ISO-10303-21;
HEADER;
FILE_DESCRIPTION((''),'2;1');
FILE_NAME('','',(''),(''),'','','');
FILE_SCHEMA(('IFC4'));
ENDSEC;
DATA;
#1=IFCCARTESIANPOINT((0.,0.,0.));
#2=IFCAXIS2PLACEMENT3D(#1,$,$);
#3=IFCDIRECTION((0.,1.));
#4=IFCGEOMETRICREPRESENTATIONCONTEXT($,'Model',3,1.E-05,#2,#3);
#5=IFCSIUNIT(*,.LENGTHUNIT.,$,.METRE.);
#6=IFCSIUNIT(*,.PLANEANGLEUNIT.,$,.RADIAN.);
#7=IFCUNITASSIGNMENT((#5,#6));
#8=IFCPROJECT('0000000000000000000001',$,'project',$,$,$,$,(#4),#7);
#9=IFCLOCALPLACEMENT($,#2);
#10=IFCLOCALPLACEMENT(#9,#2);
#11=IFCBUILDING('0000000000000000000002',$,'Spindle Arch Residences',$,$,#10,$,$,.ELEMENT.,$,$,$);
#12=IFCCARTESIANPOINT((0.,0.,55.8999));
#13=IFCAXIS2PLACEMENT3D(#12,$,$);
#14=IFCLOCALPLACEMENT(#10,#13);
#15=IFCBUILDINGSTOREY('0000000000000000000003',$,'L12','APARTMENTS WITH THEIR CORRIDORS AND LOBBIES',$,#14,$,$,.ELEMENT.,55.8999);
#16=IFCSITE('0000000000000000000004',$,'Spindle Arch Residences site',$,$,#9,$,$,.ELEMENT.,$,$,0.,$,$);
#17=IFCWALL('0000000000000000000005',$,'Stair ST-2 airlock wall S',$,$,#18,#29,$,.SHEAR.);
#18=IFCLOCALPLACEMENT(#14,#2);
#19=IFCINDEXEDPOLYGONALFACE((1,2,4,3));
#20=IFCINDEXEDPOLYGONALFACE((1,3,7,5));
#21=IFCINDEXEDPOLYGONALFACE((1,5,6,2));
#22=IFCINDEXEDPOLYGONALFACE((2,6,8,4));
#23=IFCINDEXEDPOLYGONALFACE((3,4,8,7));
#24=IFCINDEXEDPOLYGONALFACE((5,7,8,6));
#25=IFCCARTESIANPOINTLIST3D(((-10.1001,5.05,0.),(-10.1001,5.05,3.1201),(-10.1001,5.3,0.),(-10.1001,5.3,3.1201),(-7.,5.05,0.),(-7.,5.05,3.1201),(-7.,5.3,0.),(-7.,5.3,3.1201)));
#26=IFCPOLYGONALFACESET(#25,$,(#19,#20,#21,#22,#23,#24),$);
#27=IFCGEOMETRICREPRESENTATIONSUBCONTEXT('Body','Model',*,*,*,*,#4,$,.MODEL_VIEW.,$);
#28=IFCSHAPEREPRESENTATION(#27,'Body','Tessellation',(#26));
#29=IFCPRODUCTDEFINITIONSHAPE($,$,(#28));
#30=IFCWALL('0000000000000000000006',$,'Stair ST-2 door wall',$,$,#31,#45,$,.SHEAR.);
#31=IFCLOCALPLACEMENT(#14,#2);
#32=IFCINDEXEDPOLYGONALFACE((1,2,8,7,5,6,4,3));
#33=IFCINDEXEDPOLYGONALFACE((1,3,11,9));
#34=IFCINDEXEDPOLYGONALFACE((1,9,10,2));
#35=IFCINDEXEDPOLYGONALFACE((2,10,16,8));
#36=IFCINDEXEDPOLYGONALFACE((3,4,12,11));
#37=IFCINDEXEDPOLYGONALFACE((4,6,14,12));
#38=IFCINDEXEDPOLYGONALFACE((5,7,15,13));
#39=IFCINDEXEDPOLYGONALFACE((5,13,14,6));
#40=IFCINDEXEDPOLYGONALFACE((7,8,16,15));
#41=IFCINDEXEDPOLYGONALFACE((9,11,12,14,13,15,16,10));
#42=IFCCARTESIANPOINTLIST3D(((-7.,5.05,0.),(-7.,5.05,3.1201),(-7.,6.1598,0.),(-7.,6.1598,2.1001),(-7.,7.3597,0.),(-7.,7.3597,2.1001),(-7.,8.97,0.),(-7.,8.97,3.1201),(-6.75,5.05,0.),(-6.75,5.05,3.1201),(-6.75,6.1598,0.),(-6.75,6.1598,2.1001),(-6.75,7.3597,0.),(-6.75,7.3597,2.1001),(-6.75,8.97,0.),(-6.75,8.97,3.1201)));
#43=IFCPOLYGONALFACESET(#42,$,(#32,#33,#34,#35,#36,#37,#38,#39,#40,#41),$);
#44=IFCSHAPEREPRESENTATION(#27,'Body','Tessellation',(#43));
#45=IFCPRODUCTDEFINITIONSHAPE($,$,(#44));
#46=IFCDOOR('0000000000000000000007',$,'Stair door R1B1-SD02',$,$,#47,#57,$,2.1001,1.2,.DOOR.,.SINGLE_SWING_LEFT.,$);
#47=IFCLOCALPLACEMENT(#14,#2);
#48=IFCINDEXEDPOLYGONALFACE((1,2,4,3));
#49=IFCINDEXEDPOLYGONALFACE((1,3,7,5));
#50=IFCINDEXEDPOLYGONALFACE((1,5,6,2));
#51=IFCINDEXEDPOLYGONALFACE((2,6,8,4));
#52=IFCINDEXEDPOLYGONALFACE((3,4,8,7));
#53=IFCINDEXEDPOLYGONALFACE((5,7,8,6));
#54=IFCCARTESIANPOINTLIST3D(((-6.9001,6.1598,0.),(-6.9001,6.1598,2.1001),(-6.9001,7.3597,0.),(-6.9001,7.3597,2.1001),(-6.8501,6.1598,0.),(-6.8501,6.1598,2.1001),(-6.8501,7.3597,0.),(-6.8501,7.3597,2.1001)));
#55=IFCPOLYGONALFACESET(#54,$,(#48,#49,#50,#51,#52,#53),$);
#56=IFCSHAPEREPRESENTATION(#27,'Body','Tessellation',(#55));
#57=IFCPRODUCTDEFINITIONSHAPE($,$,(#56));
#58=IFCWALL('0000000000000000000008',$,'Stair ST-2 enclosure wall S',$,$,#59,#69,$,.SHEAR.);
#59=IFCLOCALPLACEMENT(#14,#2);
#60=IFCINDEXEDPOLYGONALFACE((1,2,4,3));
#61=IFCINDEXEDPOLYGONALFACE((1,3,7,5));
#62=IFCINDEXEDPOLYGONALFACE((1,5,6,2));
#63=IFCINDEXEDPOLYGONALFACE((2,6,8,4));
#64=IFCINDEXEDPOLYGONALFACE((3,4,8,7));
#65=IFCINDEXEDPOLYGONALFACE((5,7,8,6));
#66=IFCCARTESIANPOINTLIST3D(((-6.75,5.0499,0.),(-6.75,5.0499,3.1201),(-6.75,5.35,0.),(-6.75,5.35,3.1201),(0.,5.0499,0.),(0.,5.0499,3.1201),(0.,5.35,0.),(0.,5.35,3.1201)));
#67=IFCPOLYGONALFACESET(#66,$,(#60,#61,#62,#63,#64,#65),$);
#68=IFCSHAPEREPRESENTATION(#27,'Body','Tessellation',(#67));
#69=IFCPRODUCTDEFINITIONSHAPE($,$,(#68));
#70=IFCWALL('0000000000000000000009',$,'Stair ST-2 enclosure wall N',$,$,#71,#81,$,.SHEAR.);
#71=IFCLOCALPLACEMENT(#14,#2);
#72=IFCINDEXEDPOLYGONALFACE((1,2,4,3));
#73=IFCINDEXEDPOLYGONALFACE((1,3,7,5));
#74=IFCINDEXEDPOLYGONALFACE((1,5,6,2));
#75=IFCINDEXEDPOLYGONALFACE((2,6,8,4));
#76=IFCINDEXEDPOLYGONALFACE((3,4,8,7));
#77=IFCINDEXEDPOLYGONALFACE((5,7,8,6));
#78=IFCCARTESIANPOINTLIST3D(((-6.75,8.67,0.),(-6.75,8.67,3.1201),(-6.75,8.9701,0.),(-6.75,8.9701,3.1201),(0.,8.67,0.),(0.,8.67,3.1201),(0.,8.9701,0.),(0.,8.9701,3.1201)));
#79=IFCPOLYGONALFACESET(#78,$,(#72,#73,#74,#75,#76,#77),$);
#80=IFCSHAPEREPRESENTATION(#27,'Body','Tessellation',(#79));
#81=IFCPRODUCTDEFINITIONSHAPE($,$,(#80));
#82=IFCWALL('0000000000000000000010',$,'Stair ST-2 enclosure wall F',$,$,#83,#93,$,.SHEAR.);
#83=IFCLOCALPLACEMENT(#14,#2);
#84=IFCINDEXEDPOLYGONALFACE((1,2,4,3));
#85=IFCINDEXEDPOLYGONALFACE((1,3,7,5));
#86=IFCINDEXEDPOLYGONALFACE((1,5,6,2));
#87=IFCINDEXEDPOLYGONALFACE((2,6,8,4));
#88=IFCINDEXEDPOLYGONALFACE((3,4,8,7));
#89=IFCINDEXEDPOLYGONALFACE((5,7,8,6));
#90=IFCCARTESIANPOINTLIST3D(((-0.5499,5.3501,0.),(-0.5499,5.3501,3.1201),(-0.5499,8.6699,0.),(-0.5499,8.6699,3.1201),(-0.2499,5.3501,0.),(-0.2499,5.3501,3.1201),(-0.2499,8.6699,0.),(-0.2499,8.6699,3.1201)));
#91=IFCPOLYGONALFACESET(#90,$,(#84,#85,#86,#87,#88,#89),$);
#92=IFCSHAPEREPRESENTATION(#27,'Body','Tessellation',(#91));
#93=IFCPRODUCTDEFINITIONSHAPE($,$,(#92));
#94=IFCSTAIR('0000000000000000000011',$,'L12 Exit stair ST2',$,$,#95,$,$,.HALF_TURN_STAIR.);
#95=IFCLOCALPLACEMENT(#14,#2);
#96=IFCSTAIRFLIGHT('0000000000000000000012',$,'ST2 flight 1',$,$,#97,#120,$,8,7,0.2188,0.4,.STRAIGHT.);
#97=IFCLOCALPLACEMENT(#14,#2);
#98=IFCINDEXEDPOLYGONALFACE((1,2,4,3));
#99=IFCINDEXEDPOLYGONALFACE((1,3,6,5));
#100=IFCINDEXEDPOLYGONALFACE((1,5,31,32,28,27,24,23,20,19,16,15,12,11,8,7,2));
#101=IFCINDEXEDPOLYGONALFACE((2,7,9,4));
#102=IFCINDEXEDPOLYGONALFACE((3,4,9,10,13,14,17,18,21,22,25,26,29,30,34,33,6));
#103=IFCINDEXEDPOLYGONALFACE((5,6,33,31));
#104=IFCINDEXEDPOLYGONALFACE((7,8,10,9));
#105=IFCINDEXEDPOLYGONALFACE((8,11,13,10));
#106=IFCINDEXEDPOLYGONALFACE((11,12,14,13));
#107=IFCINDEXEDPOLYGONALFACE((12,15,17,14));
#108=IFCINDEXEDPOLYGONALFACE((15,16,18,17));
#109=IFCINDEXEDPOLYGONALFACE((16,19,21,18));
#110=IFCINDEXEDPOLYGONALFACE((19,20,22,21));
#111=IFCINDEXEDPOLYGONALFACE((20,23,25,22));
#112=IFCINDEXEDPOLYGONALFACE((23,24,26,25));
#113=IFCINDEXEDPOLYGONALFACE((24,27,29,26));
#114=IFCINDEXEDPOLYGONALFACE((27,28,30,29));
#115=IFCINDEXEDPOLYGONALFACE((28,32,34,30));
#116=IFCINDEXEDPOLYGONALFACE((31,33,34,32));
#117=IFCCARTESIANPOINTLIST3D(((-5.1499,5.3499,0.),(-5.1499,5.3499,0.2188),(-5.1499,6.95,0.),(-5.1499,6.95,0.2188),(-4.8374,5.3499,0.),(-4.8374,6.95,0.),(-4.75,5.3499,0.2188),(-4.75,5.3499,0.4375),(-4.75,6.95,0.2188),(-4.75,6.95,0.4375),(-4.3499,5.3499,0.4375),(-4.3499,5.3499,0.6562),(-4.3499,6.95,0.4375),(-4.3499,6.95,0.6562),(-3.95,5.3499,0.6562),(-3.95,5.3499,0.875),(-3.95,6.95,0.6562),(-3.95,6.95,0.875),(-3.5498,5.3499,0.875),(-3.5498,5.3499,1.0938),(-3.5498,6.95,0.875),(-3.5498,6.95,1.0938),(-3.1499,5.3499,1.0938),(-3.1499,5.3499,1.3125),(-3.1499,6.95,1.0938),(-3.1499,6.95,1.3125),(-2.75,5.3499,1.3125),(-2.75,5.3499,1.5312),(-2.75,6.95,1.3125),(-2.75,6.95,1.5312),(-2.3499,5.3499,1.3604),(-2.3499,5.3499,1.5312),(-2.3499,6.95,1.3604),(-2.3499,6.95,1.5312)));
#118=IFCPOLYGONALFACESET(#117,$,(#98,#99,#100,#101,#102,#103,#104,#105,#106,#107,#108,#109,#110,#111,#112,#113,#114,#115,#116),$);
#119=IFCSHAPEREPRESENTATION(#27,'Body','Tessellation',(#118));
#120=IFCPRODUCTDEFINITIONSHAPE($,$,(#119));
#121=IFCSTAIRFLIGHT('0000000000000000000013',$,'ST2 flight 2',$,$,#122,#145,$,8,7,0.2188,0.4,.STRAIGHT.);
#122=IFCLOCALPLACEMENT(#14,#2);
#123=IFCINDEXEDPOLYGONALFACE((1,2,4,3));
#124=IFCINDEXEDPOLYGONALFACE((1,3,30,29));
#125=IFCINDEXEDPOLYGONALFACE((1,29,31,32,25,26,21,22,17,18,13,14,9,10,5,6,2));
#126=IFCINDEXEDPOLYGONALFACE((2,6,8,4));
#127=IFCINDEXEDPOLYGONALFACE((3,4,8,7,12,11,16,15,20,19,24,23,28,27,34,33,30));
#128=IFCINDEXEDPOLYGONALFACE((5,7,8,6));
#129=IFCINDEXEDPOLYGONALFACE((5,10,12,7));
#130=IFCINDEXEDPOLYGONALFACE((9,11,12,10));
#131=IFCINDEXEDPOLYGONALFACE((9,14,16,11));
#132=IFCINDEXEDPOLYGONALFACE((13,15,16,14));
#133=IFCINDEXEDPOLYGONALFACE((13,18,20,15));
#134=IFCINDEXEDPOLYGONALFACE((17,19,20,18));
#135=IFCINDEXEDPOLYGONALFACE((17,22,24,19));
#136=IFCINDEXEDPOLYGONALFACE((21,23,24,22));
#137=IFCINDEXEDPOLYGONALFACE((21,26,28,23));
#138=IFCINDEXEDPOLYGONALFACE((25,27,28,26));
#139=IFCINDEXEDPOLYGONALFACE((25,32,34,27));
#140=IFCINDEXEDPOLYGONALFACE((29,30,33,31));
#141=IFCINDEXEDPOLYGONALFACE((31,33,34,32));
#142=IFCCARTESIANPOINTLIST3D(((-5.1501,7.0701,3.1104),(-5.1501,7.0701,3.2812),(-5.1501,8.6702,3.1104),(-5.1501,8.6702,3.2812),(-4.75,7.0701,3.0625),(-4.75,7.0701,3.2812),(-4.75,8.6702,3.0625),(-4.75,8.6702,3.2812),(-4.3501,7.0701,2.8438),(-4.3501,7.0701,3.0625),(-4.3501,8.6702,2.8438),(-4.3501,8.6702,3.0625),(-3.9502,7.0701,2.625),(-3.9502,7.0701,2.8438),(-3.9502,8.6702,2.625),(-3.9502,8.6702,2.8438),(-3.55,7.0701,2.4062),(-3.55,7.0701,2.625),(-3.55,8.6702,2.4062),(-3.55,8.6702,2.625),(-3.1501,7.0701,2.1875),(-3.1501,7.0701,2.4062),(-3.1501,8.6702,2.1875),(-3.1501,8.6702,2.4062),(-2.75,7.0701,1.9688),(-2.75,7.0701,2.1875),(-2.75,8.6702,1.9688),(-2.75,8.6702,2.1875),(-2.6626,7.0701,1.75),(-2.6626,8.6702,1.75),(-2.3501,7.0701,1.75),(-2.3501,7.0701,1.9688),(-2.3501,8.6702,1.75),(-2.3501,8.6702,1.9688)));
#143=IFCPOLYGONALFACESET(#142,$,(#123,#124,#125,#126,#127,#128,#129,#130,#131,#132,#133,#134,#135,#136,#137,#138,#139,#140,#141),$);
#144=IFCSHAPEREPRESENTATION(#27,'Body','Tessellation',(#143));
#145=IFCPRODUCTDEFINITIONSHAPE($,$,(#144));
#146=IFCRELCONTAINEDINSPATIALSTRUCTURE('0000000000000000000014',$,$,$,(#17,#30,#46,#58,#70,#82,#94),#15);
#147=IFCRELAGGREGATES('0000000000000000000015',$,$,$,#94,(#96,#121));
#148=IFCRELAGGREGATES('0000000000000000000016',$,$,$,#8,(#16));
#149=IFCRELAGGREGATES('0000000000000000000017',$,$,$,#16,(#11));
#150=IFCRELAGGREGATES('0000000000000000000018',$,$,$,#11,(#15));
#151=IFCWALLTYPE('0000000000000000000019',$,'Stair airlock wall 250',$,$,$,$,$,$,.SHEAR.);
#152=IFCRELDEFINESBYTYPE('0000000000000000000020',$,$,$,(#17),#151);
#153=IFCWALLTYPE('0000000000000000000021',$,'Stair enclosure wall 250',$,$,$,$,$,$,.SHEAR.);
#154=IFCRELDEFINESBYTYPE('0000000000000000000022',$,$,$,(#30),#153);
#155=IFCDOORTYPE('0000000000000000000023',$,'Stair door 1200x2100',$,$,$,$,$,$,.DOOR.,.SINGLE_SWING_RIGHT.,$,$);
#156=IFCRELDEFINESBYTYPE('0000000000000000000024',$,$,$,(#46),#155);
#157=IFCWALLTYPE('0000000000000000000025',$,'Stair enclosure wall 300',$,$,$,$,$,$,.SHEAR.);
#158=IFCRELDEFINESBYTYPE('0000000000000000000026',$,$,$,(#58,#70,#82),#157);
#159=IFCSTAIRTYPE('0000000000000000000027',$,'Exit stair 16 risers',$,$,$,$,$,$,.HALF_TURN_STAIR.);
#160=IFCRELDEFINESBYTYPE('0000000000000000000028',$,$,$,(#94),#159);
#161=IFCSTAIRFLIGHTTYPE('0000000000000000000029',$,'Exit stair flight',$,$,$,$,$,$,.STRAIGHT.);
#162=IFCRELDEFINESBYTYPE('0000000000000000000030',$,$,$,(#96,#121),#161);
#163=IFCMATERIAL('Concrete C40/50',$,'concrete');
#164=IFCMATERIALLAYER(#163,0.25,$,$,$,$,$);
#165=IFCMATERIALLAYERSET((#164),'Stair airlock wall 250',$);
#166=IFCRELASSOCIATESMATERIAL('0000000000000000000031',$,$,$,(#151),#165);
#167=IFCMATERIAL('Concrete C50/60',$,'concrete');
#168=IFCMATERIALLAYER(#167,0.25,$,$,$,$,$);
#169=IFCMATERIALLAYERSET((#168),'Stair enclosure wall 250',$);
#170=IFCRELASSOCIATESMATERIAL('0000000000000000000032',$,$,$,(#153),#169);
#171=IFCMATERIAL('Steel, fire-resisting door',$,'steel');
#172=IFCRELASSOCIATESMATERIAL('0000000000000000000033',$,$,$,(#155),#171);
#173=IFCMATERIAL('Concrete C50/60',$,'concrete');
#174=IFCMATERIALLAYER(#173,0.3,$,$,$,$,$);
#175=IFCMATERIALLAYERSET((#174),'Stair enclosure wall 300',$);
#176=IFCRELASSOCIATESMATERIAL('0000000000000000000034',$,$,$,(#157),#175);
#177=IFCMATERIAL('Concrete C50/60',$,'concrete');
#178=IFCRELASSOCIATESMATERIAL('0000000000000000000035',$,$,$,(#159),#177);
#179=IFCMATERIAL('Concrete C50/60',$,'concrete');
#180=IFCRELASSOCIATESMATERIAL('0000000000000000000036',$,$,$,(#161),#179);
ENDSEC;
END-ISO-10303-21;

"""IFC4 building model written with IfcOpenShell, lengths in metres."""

from ifc_helpers import new_model, si_unit, direction, frame, frame_2d, origin, place, context, subcontext, project, spatial, polyline, rectangle, outline, extrude, material, layer, layer_set, type_object, element, fill, aggregate, save


model = new_model("IFC4")

# Units and contexts
model_context = context("Model", 3, precision=1e-05, world=origin(), true_north=direction((0.0, 1.0)))
body_context = subcontext(model_context, "Body", "Model", "MODEL_VIEW")
ifc_project = project(units=[si_unit("LENGTHUNIT", "METRE"), si_unit("PLANEANGLEUNIT", "RADIAN")], contexts=[model_context])

# Site, building, storey
site_placement = place(None, origin())
site = spatial("IfcSite", under=ifc_project, at=site_placement, Name="Spindle Arch Residences site", CompositionType="ELEMENT", RefElevation=0.0)
building_placement = place(site_placement, origin())
building = spatial("IfcBuilding", under=site, at=building_placement, Name="Spindle Arch Residences", CompositionType="ELEMENT")
storey_placement = place(building_placement, frame((0.0, 0.0, 55.8999)))
storey = spatial("IfcBuildingStorey", under=building, at=storey_placement, Name="L12", Description="APARTMENTS WITH THEIR CORRIDORS AND LOBBIES", CompositionType="ELEMENT", Elevation=55.8999)

# Wall
ifc_material_1 = material(Name="Concrete C40/50", Category="concrete")
ifc_layer_1 = layer(ifc_material_1, 0.25)
ifc_layer_set_1 = layer_set([ifc_layer_1], Name="Stair airlock wall 250")
wall_type_1 = type_object("IfcWallType", Name="Stair airlock wall 250", PredefinedType="SHEAR", material=ifc_layer_set_1)
wall_1_placement = place(storey_placement, frame((-7.0, 5.175, 0.0), z_axis=(0.0, 0.0, 1.0), x_axis=(-1.0, 0.0, 0.0)))
element("IfcWall", 1, at=wall_1_placement, inside=storey, type_object=wall_type_1, Name="Stair ST-2 airlock wall S", PredefinedType="SHEAR", context=body_context, shape_type="SweptSolid", body=[
    extrude(rectangle(XDim=3.1001, YDim=0.25, at=frame_2d((1.55, 0.0))), origin(), (0.0, 0.0, 1.0), 3.1201),
])

# Wall, opening, door
ifc_material_2 = material(Name="Concrete C50/60", Category="concrete")
ifc_layer_2 = layer(ifc_material_2, 0.25)
ifc_layer_set_2 = layer_set([ifc_layer_2], Name="Stair enclosure wall 250")
wall_type_2 = type_object("IfcWallType", Name="Stair enclosure wall 250", PredefinedType="SHEAR", material=ifc_layer_set_2)
wall_2_placement = place(storey_placement, frame((-6.875, 8.97, 0.0), z_axis=(0.0, 0.0, 1.0), x_axis=(0.0, -1.0, 0.0)))
wall_2 = element("IfcWall", 2, at=wall_2_placement, inside=storey, type_object=wall_type_2, Name="Stair ST-2 door wall", PredefinedType="SHEAR", context=body_context, shape_type="SweptSolid", body=[
    extrude(rectangle(XDim=3.9199, YDim=0.25, at=frame_2d((1.96, 0.0))), origin(), (0.0, 0.0, 1.0), 3.1201),
])
opening_1_placement = place(wall_2_placement, frame((1.6101, 0.0, 0.0)))
opening_1 = element("IfcOpeningElement", 3, at=opening_1_placement, cuts=wall_2, PredefinedType="OPENING", context=body_context, shape_type="SweptSolid", body=[
    extrude(rectangle(XDim=1.2, YDim=2.1001, at=frame_2d((0.6001, 1.05))), frame((0.0, 0.135, 0.0), z_axis=(0.0, -1.0, 0.0), x_axis=(1.0, 0.0, 0.0)), (0.0, 0.0, 1.0), 0.27),
])
ifc_material_3 = material(Name="Steel, fire-resisting door", Category="steel")
door_type_1 = type_object("IfcDoorType", Name="Stair door 1200x2100", OperationType="SINGLE_SWING_RIGHT", PredefinedType="DOOR", material=ifc_material_3)
door_1_placement = place(opening_1_placement, origin())
door_1 = element("IfcDoor", 4, at=door_1_placement, inside=storey, type_object=door_type_1, Name="Stair door R1B1-SD02", OperationType="SINGLE_SWING_LEFT", OverallHeight=2.1001, OverallWidth=1.2, PredefinedType="DOOR", context=body_context, shape_type="SweptSolid", body=[
    extrude(rectangle(XDim=1.2, YDim=2.1001, at=frame_2d((0.6001, 1.05))), frame((0.0, 0.0249, 0.0), z_axis=(0.0, -1.0, 0.0), x_axis=(1.0, 0.0, 0.0)), (0.0, 0.0, 1.0), 0.05),
])
fill(opening_1, door_1)

# Walls
ifc_material_4 = material(Name="Concrete C50/60", Category="concrete")
ifc_layer_3 = layer(ifc_material_4, 0.3)
ifc_layer_set_3 = layer_set([ifc_layer_3], Name="Stair enclosure wall 300")
wall_type_3 = type_object("IfcWallType", Name="Stair enclosure wall 300", PredefinedType="SHEAR", material=ifc_layer_set_3)
for number, where, z_axis, x_axis, name in (
    (5, (-6.75, 5.2, 0.0), (0.0, 0.0, 1.0), (1.0, 0.0, 0.0), "Stair ST-2 enclosure wall S"),
    (6, (-6.75, 8.8201, 0.0), (0.0, 0.0, 1.0), (1.0, 0.0, 0.0), "Stair ST-2 enclosure wall N"),
):
    element("IfcWall", number, at=place(storey_placement, frame(where, z_axis=z_axis, x_axis=x_axis)), inside=storey, type_object=wall_type_3, Name=name, PredefinedType="SHEAR", context=body_context, shape_type="SweptSolid", body=[
        extrude(rectangle(XDim=6.75, YDim=0.3, at=frame_2d((3.375, 0.0))), origin(), (0.0, 0.0, 1.0), 3.1201),
    ])
wall_3_placement = place(storey_placement, frame((-0.3999, 5.3501, 0.0), z_axis=(0.0, 0.0, 1.0), x_axis=(0.0, 1.0, 0.0)))
element("IfcWall", 7, at=wall_3_placement, inside=storey, type_object=wall_type_3, Name="Stair ST-2 enclosure wall F", PredefinedType="SHEAR", context=body_context, shape_type="SweptSolid", body=[
    extrude(rectangle(XDim=3.3198, YDim=0.3, at=frame_2d((1.6599, 0.0))), origin(), (0.0, 0.0, 1.0), 3.1201),
])

# Stair, stair flights
ifc_material_5 = material(Name="Concrete C50/60", Category="concrete")
stair_type = type_object("IfcStairType", Name="Exit stair 16 risers", PredefinedType="HALF_TURN_STAIR", material=ifc_material_5)
stair_placement = place(storey_placement, origin())
stair = element("IfcStair", 8, at=stair_placement, inside=storey, type_object=stair_type, Name="L12 Exit stair ST2", PredefinedType="HALF_TURN_STAIR")
ifc_material_6 = material(Name="Concrete C50/60", Category="concrete")
stair_flight_type = type_object("IfcStairFlightType", Name="Exit stair flight", PredefinedType="STRAIGHT", material=ifc_material_6)
stair_flight_1_placement = place(storey_placement, frame((-5.1499, 6.1499, 0.0), z_axis=(0.0, 0.0, 1.0), x_axis=(1.0, 0.0, 0.0)))
stair_flight_1 = element("IfcStairFlight", 9, at=stair_flight_1_placement, type_object=stair_flight_type, Name="ST2 flight 1", NumberOfRisers=8, NumberOfTreads=7, PredefinedType="STRAIGHT", RiserHeight=0.2188, TreadLength=0.4, context=body_context, shape_type="SweptSolid", body=[
    extrude(outline(polyline([(0.0, 0.0), (0.0, 0.2188), (0.3999, 0.2188), (0.3999, 0.4375), (0.8, 0.4375), (0.8, 0.6562), (1.2, 0.6562), (1.2, 0.875), (1.6001, 0.875), (1.6001, 1.0938), (2.0, 1.0938), (2.0, 1.3125), (2.3999, 1.3125), (2.3999, 1.5312), (2.8, 1.5312), (2.8, 1.75), (2.8, 1.3604), (0.3125, 0.0), (0.0, 0.0)])), frame((0.0, 0.8, 0.0), z_axis=(0.0, -1.0, 0.0), x_axis=(1.0, 0.0, 0.0)), (0.0, 0.0, 1.0), 1.6001),
])
stair_flight_2_placement = place(storey_placement, frame((-2.3501, 7.8701, 1.75), z_axis=(0.0, 0.0, 1.0), x_axis=(-1.0, 0.0, 0.0)))
stair_flight_2 = element("IfcStairFlight", 10, at=stair_flight_2_placement, type_object=stair_flight_type, Name="ST2 flight 2", NumberOfRisers=8, NumberOfTreads=7, PredefinedType="STRAIGHT", RiserHeight=0.2188, TreadLength=0.4, context=body_context, shape_type="SweptSolid", body=[
    extrude(outline(polyline([(0.0, 0.0), (0.0, 0.2188), (0.3999, 0.2188), (0.3999, 0.4375), (0.8, 0.4375), (0.8, 0.6562), (1.2, 0.6562), (1.2, 0.875), (1.6001, 0.875), (1.6001, 1.0938), (2.0, 1.0938), (2.0, 1.3125), (2.3999, 1.3125), (2.3999, 1.5312), (2.8, 1.5312), (2.8, 1.75), (2.8, 1.3604), (0.3125, 0.0), (0.0, 0.0)])), frame((0.0, 0.8, 0.0), z_axis=(0.0, -1.0, 0.0), x_axis=(1.0, 0.0, 0.0)), (0.0, 0.0, 1.0), 1.6001),
])
aggregate(stair, [stair_flight_1, stair_flight_2])

save(model, "model.ifc")
